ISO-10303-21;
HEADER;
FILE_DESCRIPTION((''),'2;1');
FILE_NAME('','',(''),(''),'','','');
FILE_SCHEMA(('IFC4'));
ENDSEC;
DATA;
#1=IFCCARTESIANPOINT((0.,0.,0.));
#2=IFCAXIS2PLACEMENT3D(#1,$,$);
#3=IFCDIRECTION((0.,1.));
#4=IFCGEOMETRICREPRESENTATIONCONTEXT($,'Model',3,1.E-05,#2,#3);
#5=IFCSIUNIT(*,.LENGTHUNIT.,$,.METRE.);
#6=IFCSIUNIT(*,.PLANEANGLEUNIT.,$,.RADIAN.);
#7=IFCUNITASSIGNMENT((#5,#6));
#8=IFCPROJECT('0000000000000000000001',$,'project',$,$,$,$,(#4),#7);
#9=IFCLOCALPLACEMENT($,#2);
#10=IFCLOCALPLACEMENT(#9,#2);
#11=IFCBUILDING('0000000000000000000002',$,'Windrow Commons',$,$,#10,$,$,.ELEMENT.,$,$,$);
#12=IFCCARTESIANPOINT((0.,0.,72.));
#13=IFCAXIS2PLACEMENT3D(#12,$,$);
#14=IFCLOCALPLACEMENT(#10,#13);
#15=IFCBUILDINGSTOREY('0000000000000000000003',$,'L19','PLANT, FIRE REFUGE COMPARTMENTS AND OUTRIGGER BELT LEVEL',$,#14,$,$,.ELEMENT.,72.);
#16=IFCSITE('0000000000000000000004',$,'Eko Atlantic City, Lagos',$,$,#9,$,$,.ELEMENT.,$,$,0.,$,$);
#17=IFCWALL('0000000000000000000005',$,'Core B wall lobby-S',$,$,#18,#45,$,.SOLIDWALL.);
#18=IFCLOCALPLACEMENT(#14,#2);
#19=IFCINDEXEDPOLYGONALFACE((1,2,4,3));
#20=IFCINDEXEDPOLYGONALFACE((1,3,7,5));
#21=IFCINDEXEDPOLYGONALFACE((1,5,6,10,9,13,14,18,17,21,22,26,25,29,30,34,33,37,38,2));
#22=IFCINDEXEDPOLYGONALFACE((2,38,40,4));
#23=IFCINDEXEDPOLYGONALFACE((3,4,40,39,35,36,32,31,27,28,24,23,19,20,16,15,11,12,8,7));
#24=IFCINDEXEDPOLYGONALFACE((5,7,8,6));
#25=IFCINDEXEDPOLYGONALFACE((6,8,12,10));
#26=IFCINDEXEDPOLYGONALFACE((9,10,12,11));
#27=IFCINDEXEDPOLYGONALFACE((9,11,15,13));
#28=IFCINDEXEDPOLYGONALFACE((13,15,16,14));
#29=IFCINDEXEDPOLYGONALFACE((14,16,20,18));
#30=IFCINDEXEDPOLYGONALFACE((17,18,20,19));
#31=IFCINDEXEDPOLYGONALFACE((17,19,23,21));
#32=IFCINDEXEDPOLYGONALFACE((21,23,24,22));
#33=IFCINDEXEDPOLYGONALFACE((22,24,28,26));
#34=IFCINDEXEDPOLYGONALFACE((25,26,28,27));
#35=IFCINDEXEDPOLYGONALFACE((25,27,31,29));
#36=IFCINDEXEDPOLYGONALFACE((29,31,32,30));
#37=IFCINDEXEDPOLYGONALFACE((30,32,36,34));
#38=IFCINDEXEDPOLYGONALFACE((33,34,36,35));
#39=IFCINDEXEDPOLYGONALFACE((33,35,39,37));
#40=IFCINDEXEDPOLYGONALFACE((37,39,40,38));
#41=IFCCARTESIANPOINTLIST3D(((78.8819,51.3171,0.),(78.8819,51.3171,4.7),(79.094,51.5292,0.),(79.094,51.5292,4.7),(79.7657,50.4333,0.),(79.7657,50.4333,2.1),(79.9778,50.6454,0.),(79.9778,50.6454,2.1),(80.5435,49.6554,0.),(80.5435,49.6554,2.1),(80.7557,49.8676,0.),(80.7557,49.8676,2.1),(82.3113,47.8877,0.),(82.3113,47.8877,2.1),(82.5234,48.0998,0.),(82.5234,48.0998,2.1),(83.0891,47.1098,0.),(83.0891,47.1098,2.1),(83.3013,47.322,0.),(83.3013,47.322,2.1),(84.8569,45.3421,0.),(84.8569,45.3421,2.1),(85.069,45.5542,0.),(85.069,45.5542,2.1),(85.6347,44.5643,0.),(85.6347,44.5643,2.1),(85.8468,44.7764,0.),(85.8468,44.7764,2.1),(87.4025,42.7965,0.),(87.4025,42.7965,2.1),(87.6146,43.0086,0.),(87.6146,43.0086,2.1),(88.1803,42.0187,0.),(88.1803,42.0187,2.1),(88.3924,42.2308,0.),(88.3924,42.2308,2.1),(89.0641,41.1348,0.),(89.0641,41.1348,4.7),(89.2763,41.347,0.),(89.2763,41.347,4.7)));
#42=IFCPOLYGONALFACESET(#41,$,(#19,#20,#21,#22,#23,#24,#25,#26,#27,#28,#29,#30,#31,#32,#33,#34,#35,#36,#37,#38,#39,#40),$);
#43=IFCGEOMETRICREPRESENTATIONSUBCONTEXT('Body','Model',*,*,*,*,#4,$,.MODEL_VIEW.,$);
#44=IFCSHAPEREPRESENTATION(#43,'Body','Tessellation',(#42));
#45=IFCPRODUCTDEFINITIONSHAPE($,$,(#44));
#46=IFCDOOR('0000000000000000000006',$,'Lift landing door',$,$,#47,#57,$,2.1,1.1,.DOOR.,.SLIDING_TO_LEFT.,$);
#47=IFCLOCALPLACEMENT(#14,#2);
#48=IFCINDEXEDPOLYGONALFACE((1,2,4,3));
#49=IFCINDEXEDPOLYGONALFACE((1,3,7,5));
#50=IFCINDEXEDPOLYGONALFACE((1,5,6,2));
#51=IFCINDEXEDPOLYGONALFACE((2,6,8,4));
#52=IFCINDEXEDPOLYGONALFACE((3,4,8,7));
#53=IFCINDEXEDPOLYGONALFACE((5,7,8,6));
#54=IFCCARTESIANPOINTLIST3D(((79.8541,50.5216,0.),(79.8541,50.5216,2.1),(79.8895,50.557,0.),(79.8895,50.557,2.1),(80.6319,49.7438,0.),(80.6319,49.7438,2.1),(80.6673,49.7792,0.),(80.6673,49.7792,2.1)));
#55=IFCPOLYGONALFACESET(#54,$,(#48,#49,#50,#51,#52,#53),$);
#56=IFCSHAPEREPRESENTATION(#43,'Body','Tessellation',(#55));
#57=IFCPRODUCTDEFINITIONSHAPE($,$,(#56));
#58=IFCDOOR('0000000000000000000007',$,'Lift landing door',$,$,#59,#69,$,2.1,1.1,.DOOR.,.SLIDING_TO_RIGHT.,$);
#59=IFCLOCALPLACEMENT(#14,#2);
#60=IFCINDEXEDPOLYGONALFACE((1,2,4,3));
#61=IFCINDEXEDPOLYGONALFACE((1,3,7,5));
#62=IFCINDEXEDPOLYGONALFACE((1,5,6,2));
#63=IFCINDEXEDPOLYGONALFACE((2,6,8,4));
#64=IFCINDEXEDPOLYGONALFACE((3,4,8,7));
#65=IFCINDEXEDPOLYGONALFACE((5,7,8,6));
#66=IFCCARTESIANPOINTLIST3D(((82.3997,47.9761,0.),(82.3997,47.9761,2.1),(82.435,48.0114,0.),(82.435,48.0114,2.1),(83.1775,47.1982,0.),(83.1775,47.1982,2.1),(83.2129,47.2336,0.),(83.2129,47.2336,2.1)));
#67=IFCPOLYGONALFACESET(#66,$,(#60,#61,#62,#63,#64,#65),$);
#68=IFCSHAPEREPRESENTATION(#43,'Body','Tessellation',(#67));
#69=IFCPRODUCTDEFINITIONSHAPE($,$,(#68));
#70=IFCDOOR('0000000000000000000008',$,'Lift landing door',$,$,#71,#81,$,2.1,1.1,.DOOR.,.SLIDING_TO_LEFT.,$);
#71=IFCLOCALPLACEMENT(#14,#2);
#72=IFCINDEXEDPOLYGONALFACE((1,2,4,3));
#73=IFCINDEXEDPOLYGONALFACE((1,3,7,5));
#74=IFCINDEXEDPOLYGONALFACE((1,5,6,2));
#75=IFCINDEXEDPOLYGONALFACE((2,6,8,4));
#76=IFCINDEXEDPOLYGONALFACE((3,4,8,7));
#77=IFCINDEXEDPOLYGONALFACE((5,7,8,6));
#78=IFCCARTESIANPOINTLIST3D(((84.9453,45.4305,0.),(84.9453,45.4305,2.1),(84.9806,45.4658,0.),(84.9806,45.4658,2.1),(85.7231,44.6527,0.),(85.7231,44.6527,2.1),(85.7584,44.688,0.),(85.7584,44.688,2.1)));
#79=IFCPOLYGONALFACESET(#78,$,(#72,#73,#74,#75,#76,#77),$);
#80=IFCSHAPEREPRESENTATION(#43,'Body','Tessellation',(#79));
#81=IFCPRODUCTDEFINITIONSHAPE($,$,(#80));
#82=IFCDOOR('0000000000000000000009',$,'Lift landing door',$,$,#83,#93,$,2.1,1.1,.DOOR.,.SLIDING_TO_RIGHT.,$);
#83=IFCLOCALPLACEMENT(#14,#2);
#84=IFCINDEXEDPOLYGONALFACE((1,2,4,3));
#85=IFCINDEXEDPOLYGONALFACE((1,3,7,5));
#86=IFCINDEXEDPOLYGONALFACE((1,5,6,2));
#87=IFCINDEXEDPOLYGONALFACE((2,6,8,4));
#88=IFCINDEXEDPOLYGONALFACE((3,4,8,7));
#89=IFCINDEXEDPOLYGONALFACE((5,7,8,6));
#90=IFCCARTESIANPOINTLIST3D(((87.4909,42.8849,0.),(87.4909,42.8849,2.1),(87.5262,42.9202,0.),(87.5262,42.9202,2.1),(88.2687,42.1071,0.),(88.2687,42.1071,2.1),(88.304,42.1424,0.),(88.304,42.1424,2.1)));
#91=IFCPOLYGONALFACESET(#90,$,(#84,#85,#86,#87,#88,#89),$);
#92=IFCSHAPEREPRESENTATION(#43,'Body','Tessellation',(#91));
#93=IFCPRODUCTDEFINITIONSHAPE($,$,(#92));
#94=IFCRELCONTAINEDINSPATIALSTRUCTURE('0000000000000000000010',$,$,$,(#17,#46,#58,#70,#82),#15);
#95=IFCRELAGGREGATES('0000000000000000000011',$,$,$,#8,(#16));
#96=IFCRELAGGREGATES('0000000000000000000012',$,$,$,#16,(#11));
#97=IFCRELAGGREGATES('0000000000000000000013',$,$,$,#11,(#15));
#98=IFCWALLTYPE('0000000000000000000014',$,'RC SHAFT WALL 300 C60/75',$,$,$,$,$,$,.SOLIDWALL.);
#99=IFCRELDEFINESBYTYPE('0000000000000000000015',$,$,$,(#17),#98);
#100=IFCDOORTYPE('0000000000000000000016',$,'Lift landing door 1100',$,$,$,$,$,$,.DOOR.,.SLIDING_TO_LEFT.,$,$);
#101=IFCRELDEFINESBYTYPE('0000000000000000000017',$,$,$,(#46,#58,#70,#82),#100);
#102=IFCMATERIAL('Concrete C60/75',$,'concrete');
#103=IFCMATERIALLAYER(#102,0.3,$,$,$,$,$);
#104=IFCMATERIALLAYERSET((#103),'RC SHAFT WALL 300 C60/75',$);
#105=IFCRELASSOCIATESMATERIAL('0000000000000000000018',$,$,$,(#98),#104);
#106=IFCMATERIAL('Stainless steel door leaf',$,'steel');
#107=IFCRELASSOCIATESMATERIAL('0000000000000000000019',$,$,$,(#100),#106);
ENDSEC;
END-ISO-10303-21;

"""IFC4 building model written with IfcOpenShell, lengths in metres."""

from ifc_helpers import new_model, si_unit, direction, frame, frame_2d, origin, place, context, subcontext, project, spatial, rectangle, extrude, material, layer, layer_set, type_object, element, fill, save


model = new_model("IFC4")

# Units and contexts
model_context = context("Model", 3, precision=1e-05, world=origin(), true_north=direction((0.0, 1.0)))
body_context = subcontext(model_context, "Body", "Model", "MODEL_VIEW")
ifc_project = project(units=[si_unit("LENGTHUNIT", "METRE"), si_unit("PLANEANGLEUNIT", "RADIAN")], contexts=[model_context])

# Site, building, storey
site_placement = place(None, origin())
site = spatial("IfcSite", under=ifc_project, at=site_placement, Name="Eko Atlantic City, Lagos", CompositionType="ELEMENT", RefElevation=0.0)
building_placement = place(site_placement, origin())
building = spatial("IfcBuilding", under=site, at=building_placement, Name="Windrow Commons", CompositionType="ELEMENT")
storey_placement = place(building_placement, frame((0.0, 0.0, 72.0)))
storey = spatial("IfcBuildingStorey", under=building, at=storey_placement, Name="L19", Description="PLANT, FIRE REFUGE COMPARTMENTS AND OUTRIGGER BELT LEVEL", CompositionType="ELEMENT", Elevation=72.0)

# Shared definitions
ifc_material_1 = material(Name="Concrete C60/75", Category="concrete")
ifc_layer_1 = layer(ifc_material_1, 0.3)
ifc_layer_set_1 = layer_set([ifc_layer_1], Name="RC SHAFT WALL 300 C60/75")
wall_type_1 = type_object("IfcWallType", Name="RC SHAFT WALL 300 C60/75", PredefinedType="SOLIDWALL", material=ifc_layer_set_1)

# Wall, openings, doors
wall_1_placement = place(storey_placement, frame((78.9879, 51.4232, 0.0), z_axis=(0.0, 0.0, 1.0), x_axis=(0.707107, -0.707107, 0.0)))
wall_1 = element("IfcWall", 1, at=wall_1_placement, inside=storey, type_object=wall_type_1, Name="Core B wall lobby-S", PredefinedType="SOLIDWALL", context=body_context, shape_type="SweptSolid", body=[
    extrude(rectangle(XDim=14.3999, YDim=0.3, at=frame_2d((7.2, 0.0))), origin(), (0.0, 0.0, 1.0), 4.7),
])
opening_1_placement = place(wall_1_placement, frame((1.25, 0.0, 0.0)))
opening_1 = element("IfcOpeningElement", 2, at=opening_1_placement, cuts=wall_1, PredefinedType="OPENING", context=body_context, shape_type="SweptSolid", body=[
    extrude(rectangle(XDim=1.1, YDim=2.1, at=frame_2d((0.55, 1.05))), frame((0.0, 0.16, 0.0), z_axis=(0.0, -1.0, 0.0), x_axis=(1.0, 0.0, 0.0)), (0.0, 0.0, 1.0), 0.32),
])
opening_2_placement = place(wall_1_placement, frame((4.85, 0.0, 0.0)))
opening_2 = element("IfcOpeningElement", 3, at=opening_2_placement, cuts=wall_1, PredefinedType="OPENING", context=body_context, shape_type="SweptSolid", body=[
    extrude(rectangle(XDim=1.1, YDim=2.1, at=frame_2d((0.55, 1.05))), frame((0.0, 0.16, 0.0), z_axis=(0.0, -1.0, 0.0), x_axis=(1.0, 0.0, 0.0)), (0.0, 0.0, 1.0), 0.32),
])
opening_3_placement = place(wall_1_placement, frame((8.45, 0.0, 0.0)))
opening_3 = element("IfcOpeningElement", 4, at=opening_3_placement, cuts=wall_1, PredefinedType="OPENING", context=body_context, shape_type="SweptSolid", body=[
    extrude(rectangle(XDim=1.1, YDim=2.1, at=frame_2d((0.55, 1.05))), frame((0.0, 0.16, 0.0), z_axis=(0.0, -1.0, 0.0), x_axis=(1.0, 0.0, 0.0)), (0.0, 0.0, 1.0), 0.32),
])
opening_4_placement = place(wall_1_placement, frame((12.05, 0.0, 0.0)))
opening_4 = element("IfcOpeningElement", 5, at=opening_4_placement, cuts=wall_1, PredefinedType="OPENING", context=body_context, shape_type="SweptSolid", body=[
    extrude(rectangle(XDim=1.1, YDim=2.1, at=frame_2d((0.55, 1.05))), frame((0.0, 0.16, 0.0), z_axis=(0.0, -1.0, 0.0), x_axis=(1.0, 0.0, 0.0)), (0.0, 0.0, 1.0), 0.32),
])
ifc_material_2 = material(Name="Stainless steel door leaf", Category="steel")
door_type_1 = type_object("IfcDoorType", Name="Lift landing door 1100", OperationType="SLIDING_TO_LEFT", PredefinedType="DOOR", material=ifc_material_2)
door_1_placement = place(opening_1_placement, origin())
door_1 = element("IfcDoor", 6, at=door_1_placement, inside=storey, type_object=door_type_1, Name="Lift landing door", OperationType="SLIDING_TO_LEFT", OverallHeight=2.1, OverallWidth=1.1, PredefinedType="DOOR", context=body_context, shape_type="SweptSolid", body=[
    extrude(rectangle(XDim=1.1, YDim=2.1, at=frame_2d((0.55, 1.05))), frame((0.0, 0.025, 0.0), z_axis=(0.0, -1.0, 0.0), x_axis=(1.0, 0.0, 0.0)), (0.0, 0.0, 1.0), 0.05),
])
fill(opening_1, door_1)
door_2_placement = place(opening_2_placement, origin())
door_2 = element("IfcDoor", 7, at=door_2_placement, inside=storey, type_object=door_type_1, Name="Lift landing door", OperationType="SLIDING_TO_RIGHT", OverallHeight=2.1, OverallWidth=1.1, PredefinedType="DOOR", context=body_context, shape_type="SweptSolid", body=[
    extrude(rectangle(XDim=1.1, YDim=2.1, at=frame_2d((0.55, 1.05))), frame((0.0, 0.025, 0.0), z_axis=(0.0, -1.0, 0.0), x_axis=(1.0, 0.0, 0.0)), (0.0, 0.0, 1.0), 0.05),
])
fill(opening_2, door_2)
door_3_placement = place(opening_3_placement, origin())
door_3 = element("IfcDoor", 8, at=door_3_placement, inside=storey, type_object=door_type_1, Name="Lift landing door", OperationType="SLIDING_TO_LEFT", OverallHeight=2.1, OverallWidth=1.1, PredefinedType="DOOR", context=body_context, shape_type="SweptSolid", body=[
    extrude(rectangle(XDim=1.1, YDim=2.1, at=frame_2d((0.55, 1.05))), frame((0.0, 0.025, 0.0), z_axis=(0.0, -1.0, 0.0), x_axis=(1.0, 0.0, 0.0)), (0.0, 0.0, 1.0), 0.05),
])
fill(opening_3, door_3)
door_4_placement = place(opening_4_placement, origin())
door_4 = element("IfcDoor", 9, at=door_4_placement, inside=storey, type_object=door_type_1, Name="Lift landing door", OperationType="SLIDING_TO_RIGHT", OverallHeight=2.1, OverallWidth=1.1, PredefinedType="DOOR", context=body_context, shape_type="SweptSolid", body=[
    extrude(rectangle(XDim=1.1, YDim=2.1, at=frame_2d((0.55, 1.05))), frame((0.0, 0.025, 0.0), z_axis=(0.0, -1.0, 0.0), x_axis=(1.0, 0.0, 0.0)), (0.0, 0.0, 1.0), 0.05),
])
fill(opening_4, door_4)

save(model, "model.ifc")
